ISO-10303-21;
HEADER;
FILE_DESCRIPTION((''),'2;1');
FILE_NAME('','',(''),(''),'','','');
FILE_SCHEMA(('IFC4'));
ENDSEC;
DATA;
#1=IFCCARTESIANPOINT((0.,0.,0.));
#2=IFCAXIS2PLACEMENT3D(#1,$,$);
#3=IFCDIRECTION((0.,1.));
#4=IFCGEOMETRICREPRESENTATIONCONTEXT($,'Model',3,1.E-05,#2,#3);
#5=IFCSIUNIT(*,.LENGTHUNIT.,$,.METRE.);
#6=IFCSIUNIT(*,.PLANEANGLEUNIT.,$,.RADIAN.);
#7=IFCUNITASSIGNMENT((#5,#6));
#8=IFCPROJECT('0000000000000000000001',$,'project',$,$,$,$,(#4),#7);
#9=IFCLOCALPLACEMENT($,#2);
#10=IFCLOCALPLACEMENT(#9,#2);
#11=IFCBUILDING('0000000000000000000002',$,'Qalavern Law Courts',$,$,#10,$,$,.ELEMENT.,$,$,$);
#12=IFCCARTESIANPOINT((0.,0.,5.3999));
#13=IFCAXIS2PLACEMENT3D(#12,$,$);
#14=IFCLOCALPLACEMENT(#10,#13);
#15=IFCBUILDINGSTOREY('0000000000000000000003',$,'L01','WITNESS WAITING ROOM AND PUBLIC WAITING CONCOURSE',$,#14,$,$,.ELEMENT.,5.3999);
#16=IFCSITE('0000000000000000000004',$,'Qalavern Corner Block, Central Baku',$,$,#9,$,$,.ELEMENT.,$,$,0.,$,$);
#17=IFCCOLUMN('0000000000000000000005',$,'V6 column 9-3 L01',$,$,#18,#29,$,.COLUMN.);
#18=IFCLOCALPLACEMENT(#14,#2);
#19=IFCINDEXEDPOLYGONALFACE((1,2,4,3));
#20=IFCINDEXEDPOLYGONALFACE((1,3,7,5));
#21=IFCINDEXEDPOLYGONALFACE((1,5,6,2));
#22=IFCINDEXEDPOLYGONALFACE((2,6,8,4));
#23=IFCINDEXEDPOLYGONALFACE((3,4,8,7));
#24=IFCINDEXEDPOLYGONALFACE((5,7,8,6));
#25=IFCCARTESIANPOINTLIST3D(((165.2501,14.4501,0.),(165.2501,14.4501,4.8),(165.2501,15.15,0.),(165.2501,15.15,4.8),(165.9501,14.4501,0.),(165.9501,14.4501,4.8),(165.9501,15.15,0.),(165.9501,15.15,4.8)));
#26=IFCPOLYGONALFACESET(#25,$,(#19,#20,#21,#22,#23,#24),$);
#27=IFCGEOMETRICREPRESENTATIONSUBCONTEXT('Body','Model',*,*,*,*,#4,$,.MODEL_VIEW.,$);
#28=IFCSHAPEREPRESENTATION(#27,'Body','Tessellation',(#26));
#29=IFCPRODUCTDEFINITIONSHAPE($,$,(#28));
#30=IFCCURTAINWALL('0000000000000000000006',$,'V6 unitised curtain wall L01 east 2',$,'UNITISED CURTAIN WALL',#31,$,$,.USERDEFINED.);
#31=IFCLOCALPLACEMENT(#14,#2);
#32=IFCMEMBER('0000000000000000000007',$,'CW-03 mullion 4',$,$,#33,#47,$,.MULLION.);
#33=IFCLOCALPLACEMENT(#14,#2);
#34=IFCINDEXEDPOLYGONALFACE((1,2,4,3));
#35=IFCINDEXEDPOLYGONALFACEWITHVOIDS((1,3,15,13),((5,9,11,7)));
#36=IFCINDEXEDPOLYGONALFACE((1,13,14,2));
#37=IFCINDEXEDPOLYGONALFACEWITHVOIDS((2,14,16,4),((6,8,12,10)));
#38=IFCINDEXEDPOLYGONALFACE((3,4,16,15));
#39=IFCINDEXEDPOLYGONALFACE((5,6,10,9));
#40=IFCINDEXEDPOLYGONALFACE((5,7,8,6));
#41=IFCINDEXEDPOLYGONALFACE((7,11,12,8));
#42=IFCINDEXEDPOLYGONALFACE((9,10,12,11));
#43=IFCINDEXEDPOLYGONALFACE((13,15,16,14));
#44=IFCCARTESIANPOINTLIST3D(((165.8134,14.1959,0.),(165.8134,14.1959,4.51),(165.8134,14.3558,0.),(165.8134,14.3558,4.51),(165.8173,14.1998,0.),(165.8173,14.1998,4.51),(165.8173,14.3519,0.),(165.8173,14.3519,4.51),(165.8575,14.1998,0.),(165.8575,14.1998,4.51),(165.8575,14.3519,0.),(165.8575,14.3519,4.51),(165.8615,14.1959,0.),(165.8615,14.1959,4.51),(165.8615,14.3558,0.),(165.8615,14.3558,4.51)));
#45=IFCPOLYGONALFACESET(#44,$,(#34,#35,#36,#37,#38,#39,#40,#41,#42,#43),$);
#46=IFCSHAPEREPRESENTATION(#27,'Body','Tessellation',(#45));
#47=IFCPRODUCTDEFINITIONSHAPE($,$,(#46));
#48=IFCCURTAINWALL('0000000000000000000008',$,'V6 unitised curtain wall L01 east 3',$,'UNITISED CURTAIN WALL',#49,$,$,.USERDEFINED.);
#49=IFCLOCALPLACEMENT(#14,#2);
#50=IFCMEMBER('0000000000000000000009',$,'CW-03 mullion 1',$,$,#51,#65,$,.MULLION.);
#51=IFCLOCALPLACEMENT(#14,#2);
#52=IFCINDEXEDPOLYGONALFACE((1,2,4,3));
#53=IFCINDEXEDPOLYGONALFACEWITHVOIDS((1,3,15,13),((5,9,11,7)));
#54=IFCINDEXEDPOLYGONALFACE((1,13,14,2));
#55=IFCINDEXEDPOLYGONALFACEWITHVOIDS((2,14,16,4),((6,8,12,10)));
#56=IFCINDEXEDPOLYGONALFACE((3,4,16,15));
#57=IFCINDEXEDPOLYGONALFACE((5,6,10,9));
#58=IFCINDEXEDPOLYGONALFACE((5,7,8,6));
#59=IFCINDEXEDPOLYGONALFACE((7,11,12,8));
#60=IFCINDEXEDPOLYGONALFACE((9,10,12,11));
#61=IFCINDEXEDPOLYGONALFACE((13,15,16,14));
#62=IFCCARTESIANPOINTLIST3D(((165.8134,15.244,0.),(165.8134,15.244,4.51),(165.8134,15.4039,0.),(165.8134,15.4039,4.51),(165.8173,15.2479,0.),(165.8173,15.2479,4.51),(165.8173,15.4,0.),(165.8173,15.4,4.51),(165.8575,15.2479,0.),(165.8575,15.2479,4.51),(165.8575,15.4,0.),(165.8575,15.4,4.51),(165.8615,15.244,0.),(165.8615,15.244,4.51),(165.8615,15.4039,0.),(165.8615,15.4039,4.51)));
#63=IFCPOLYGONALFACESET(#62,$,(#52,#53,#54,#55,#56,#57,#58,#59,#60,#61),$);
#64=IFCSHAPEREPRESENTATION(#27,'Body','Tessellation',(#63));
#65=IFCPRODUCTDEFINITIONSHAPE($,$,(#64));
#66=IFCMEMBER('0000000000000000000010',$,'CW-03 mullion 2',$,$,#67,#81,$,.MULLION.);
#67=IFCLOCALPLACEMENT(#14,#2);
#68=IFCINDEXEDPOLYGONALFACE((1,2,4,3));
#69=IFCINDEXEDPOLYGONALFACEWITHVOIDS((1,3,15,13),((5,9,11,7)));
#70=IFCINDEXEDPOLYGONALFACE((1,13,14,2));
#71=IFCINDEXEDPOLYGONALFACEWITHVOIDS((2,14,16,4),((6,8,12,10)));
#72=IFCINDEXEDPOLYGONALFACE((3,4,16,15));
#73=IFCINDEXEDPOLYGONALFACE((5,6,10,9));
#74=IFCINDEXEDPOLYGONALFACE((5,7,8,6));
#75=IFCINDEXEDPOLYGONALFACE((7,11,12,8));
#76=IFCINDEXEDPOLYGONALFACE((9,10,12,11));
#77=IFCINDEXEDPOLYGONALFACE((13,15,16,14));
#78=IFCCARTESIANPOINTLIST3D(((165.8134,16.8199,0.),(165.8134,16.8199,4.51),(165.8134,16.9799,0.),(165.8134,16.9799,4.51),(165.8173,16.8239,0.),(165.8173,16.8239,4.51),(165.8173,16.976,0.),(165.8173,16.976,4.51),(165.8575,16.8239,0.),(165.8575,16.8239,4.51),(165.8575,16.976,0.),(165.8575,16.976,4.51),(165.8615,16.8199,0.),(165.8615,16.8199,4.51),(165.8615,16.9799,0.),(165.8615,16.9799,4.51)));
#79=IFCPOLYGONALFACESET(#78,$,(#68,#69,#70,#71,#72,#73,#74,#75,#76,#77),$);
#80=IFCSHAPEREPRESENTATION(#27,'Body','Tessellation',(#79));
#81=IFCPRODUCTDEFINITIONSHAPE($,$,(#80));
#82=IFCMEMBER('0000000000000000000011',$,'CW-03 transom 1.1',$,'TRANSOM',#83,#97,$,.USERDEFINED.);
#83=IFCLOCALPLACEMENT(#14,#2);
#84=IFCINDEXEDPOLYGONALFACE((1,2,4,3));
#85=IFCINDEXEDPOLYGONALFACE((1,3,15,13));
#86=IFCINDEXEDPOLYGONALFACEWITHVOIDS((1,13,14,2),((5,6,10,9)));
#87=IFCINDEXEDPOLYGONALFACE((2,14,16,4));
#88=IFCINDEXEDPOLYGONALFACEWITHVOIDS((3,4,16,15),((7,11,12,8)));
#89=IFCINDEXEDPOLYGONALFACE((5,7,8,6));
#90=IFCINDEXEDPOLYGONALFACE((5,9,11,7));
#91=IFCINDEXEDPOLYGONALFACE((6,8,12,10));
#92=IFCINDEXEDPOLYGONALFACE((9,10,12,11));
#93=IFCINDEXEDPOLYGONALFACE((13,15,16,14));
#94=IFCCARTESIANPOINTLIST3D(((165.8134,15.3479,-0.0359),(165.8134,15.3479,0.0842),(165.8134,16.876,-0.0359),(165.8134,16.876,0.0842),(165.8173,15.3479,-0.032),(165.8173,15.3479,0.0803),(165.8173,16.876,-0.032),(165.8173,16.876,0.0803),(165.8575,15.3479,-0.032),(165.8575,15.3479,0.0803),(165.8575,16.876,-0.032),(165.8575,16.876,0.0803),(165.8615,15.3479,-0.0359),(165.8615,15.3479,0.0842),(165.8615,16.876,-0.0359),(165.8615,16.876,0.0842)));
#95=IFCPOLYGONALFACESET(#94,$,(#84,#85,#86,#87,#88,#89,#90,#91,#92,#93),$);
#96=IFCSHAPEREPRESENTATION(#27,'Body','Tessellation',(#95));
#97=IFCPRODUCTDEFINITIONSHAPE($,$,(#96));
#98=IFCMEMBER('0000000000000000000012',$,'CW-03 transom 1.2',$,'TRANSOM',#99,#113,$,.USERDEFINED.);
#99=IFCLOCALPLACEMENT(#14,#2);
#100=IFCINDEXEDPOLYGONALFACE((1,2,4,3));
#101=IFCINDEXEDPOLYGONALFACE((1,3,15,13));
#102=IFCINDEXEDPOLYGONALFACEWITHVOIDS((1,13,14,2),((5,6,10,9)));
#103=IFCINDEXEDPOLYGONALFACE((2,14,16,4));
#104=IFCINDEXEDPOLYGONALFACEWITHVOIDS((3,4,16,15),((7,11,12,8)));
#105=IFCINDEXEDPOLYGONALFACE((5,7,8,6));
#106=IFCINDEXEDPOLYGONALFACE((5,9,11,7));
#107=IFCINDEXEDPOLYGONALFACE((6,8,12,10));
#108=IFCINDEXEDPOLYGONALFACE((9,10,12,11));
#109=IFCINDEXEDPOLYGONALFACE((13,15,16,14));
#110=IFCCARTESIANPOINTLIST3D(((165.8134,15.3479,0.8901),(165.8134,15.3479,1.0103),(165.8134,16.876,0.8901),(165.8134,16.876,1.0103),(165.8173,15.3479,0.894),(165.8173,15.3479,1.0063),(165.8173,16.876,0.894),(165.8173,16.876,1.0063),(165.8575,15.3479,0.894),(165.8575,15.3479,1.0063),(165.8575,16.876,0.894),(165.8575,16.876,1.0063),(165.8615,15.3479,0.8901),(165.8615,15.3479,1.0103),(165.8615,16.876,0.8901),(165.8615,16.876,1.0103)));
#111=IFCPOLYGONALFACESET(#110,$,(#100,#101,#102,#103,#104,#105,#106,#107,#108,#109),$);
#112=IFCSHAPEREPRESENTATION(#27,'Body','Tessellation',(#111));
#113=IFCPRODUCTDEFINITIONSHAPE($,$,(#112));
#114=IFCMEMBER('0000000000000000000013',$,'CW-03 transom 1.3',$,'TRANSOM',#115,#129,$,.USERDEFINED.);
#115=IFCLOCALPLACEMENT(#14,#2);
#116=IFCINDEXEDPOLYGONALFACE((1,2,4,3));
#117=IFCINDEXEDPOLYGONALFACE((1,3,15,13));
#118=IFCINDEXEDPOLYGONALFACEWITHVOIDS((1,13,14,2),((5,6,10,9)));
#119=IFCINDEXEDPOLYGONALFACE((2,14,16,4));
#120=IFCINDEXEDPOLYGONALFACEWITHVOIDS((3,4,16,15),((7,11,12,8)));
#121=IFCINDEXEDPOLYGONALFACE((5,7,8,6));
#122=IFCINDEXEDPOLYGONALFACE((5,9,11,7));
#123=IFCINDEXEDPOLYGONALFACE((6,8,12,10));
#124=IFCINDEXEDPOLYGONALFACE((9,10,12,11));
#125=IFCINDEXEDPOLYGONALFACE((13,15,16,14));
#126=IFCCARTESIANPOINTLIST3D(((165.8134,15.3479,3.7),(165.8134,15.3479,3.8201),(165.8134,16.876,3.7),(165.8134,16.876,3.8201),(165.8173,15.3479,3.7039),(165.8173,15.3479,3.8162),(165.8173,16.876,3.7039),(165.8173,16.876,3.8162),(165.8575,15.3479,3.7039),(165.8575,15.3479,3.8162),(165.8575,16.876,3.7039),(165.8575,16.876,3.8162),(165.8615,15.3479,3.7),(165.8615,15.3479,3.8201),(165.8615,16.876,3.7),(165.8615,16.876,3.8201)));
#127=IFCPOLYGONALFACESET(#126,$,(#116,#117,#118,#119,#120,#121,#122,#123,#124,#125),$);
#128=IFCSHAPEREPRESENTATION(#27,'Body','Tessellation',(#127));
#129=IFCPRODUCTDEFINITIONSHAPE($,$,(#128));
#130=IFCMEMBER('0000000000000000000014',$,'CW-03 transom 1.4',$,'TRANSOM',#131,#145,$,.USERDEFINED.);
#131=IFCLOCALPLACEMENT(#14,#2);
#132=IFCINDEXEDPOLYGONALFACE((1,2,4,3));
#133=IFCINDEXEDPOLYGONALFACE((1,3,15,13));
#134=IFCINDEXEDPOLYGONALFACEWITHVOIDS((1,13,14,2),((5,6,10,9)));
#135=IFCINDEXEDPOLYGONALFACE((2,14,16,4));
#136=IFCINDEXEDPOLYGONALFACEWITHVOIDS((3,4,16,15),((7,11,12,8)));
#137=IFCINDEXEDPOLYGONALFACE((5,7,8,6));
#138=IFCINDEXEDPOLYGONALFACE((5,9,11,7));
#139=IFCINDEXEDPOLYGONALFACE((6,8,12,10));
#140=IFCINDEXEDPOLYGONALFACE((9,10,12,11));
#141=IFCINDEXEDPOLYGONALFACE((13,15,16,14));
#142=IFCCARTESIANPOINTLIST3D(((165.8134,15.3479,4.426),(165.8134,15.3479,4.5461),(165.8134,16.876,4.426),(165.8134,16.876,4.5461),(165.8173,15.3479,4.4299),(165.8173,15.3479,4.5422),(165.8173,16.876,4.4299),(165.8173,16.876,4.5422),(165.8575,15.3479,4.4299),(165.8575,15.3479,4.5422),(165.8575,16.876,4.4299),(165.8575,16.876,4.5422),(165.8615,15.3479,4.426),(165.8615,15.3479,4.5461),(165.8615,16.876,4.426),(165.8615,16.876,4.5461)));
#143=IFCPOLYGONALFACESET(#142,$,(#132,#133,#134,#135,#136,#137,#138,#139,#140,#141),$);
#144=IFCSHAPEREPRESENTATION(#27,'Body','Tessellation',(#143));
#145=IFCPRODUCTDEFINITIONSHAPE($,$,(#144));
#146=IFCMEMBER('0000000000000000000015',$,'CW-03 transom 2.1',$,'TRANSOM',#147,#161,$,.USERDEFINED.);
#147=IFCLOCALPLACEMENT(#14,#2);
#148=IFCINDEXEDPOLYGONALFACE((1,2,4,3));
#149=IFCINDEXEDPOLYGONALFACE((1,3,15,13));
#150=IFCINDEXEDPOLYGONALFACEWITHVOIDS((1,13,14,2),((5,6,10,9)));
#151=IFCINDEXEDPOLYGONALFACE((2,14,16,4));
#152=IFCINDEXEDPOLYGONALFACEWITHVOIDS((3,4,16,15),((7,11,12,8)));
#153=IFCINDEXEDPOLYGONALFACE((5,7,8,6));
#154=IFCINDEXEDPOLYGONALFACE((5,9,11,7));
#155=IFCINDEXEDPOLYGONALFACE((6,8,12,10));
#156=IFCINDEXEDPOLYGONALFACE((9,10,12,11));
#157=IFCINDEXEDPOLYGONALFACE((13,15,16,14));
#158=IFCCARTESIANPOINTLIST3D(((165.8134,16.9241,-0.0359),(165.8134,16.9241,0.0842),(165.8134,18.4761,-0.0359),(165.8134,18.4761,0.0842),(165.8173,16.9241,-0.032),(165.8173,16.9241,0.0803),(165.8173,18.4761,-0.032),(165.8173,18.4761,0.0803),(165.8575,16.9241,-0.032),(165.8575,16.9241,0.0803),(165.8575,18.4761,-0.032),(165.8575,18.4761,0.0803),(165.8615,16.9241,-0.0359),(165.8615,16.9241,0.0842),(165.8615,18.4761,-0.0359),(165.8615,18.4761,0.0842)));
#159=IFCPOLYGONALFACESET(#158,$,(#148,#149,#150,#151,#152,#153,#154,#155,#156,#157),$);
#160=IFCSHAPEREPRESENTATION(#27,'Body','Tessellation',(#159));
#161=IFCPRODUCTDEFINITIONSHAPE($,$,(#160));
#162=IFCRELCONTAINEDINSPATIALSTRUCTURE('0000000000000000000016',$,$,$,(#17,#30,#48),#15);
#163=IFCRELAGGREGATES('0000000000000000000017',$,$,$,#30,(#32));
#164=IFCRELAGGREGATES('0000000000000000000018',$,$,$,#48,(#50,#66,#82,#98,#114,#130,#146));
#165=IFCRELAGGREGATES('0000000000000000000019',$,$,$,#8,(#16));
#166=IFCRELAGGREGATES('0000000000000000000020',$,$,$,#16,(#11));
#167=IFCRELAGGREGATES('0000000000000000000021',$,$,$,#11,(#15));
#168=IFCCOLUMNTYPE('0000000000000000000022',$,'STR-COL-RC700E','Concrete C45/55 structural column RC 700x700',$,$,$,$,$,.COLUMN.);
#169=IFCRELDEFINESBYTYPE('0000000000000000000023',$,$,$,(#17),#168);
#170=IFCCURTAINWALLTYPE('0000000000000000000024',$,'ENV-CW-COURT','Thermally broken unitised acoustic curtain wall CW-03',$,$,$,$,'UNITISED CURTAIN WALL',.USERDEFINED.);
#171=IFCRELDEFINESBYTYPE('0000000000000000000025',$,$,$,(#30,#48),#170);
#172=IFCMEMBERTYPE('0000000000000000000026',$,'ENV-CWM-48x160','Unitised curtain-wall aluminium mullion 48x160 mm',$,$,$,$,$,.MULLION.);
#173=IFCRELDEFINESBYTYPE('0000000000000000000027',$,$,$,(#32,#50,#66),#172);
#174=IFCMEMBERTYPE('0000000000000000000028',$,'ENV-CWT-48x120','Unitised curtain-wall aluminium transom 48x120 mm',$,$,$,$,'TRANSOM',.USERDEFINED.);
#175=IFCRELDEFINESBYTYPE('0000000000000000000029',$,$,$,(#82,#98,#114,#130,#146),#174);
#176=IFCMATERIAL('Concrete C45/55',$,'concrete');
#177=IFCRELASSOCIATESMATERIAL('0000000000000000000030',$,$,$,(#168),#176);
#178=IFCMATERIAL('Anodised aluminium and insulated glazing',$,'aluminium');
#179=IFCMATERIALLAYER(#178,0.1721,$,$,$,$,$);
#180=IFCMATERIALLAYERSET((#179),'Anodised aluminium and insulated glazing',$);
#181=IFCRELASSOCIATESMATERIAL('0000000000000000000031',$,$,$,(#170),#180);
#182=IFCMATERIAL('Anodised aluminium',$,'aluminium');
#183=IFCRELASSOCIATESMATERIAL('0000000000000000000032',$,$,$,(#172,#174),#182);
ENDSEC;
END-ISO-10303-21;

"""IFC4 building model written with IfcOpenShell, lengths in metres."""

from ifc_helpers import new_model, si_unit, direction, frame, origin, origin_2d, place, context, subcontext, project, spatial, rectangle, hollow_rectangle, extrude, material, layer, layer_set, material_profile, profile_set, type_object, element, aggregate, save


model = new_model("IFC4")

# Units and contexts
model_context = context("Model", 3, precision=1e-05, world=origin(), true_north=direction((0.0, 1.0)))
body_context = subcontext(model_context, "Body", "Model", "MODEL_VIEW")
ifc_project = project(units=[si_unit("LENGTHUNIT", "METRE"), si_unit("PLANEANGLEUNIT", "RADIAN")], contexts=[model_context])

# Site, building, storey
site_placement = place(None, origin())
site = spatial("IfcSite", under=ifc_project, at=site_placement, Name="Qalavern Corner Block, Central Baku", CompositionType="ELEMENT", RefElevation=0.0)
building_placement = place(site_placement, origin())
building = spatial("IfcBuilding", under=site, at=building_placement, Name="Qalavern Law Courts", CompositionType="ELEMENT")
storey_placement = place(building_placement, frame((0.0, 0.0, 5.3999)))
storey = spatial("IfcBuildingStorey", under=building, at=storey_placement, Name="L01", Description="WITNESS WAITING ROOM AND PUBLIC WAITING CONCOURSE", CompositionType="ELEMENT", Elevation=5.3999)

# Column
ifc_material_1 = material(Name="Concrete C45/55", Category="concrete")
ifc_material_profile_1 = material_profile(ifc_material_1, rectangle(XDim=0.7, YDim=0.7, at=origin_2d()), Name="RC 700x700")
ifc_profile_set_1 = profile_set([ifc_material_profile_1], Name="Concrete C45/55")
column_type = type_object("IfcColumnType", Name="STR-COL-RC700E", Description="Concrete C45/55 structural column RC 700x700", PredefinedType="COLUMN", material=ifc_profile_set_1)
column_placement = place(storey_placement, frame((165.6001, 14.8, 0.0), z_axis=(0.0, 0.0, 1.0), x_axis=(1.0, 0.0, 0.0)))
element("IfcColumn", 1, at=column_placement, inside=storey, type_object=column_type, Name="V6 column 9-3 L01", PredefinedType="COLUMN", context=body_context, shape_type="SweptSolid", body=[
    extrude(rectangle(XDim=0.7, YDim=0.7, at=origin_2d()), origin(), (0.0, 0.0, 1.0), 4.8),
])

# Curtain wall, member
ifc_material_2 = material(Name="Anodised aluminium and insulated glazing", Category="aluminium")
ifc_layer_1 = layer(ifc_material_2, 0.1721)
ifc_layer_set_1 = layer_set([ifc_layer_1], Name="Anodised aluminium and insulated glazing")
curtain_wall_type = type_object("IfcCurtainWallType", Name="ENV-CW-COURT", Description="Thermally broken unitised acoustic curtain wall CW-03", ElementType="UNITISED CURTAIN WALL", PredefinedType="USERDEFINED", material=ifc_layer_set_1)
curtain_wall_1_placement = place(storey_placement, origin())
curtain_wall_1 = element("IfcCurtainWall", 2, at=curtain_wall_1_placement, inside=storey, type_object=curtain_wall_type, Name="V6 unitised curtain wall L01 east 2", ObjectType="UNITISED CURTAIN WALL", PredefinedType="USERDEFINED")
ifc_material_3 = material(Name="Anodised aluminium", Category="aluminium")
ifc_material_profile_2 = material_profile(ifc_material_3, hollow_rectangle(XDim=0.0481, YDim=0.1599, WallThickness=0.0039, at=origin_2d()), Name="ALU MULLION 48x160")
ifc_profile_set_2 = profile_set([ifc_material_profile_2], Name="Anodised aluminium")
member_type_1 = type_object("IfcMemberType", Name="ENV-CWM-48x160", Description="Unitised curtain-wall aluminium mullion 48x160 mm", PredefinedType="MULLION", material=ifc_profile_set_2)
member_1_placement = place(storey_placement, frame((165.8374, 14.2759, 0.0), z_axis=(0.0, 0.0, 1.0), x_axis=(-1.0, 0.0, 0.0)))
member_1 = element("IfcMember", 3, at=member_1_placement, type_object=member_type_1, Name="CW-03 mullion 4", PredefinedType="MULLION", context=body_context, shape_type="SweptSolid", body=[
    extrude(hollow_rectangle(XDim=0.0481, YDim=0.1599, WallThickness=0.0039, at=origin_2d()), origin(), (0.0, 0.0, 1.0), 4.51),
])

# Curtain wall, members
curtain_wall_2_placement = place(storey_placement, origin())
curtain_wall_2 = element("IfcCurtainWall", 4, at=curtain_wall_2_placement, inside=storey, type_object=curtain_wall_type, Name="V6 unitised curtain wall L01 east 3", ObjectType="UNITISED CURTAIN WALL", PredefinedType="USERDEFINED")
member_2_placement = place(storey_placement, frame((165.8374, 15.324, 0.0), z_axis=(0.0, 0.0, 1.0), x_axis=(-1.0, 0.0, 0.0)))
member_2 = element("IfcMember", 5, at=member_2_placement, type_object=member_type_1, Name="CW-03 mullion 1", PredefinedType="MULLION", context=body_context, shape_type="SweptSolid", body=[
    extrude(hollow_rectangle(XDim=0.0481, YDim=0.1599, WallThickness=0.0039, at=origin_2d()), origin(), (0.0, 0.0, 1.0), 4.51),
])
member_3_placement = place(storey_placement, frame((165.8374, 16.8999, 0.0), z_axis=(0.0, 0.0, 1.0), x_axis=(-1.0, 0.0, 0.0)))
member_3 = element("IfcMember", 6, at=member_3_placement, type_object=member_type_1, Name="CW-03 mullion 2", PredefinedType="MULLION", context=body_context, shape_type="SweptSolid", body=[
    extrude(hollow_rectangle(XDim=0.0481, YDim=0.1599, WallThickness=0.0039, at=origin_2d()), origin(), (0.0, 0.0, 1.0), 4.51),
])
ifc_material_profile_3 = material_profile(ifc_material_3, hollow_rectangle(XDim=0.0481, YDim=0.1201, WallThickness=0.0039, at=origin_2d()), Name="ALU TRANSOM 48x120")
ifc_profile_set_3 = profile_set([ifc_material_profile_3], Name="Anodised aluminium")
member_type_2 = type_object("IfcMemberType", Name="ENV-CWT-48x120", Description="Unitised curtain-wall aluminium transom 48x120 mm", ElementType="TRANSOM", PredefinedType="USERDEFINED", material=ifc_profile_set_3)
member_4_placement = place(storey_placement, frame((165.8374, 15.3479, 0.0242), z_axis=(0.0, 1.0, 0.0), x_axis=(-1.0, 0.0, 0.0)))
member_4 = element("IfcMember", 7, at=member_4_placement, type_object=member_type_2, Name="CW-03 transom 1.1", ObjectType="TRANSOM", PredefinedType="USERDEFINED", context=body_context, shape_type="SweptSolid", body=[
    extrude(hollow_rectangle(XDim=0.0481, YDim=0.1201, WallThickness=0.0039, at=origin_2d()), origin(), (0.0, 0.0, 1.0), 1.5281),
])
member_5_placement = place(storey_placement, frame((165.8374, 15.3479, 0.9502), z_axis=(0.0, 1.0, 0.0), x_axis=(-1.0, 0.0, 0.0)))
member_5 = element("IfcMember", 8, at=member_5_placement, type_object=member_type_2, Name="CW-03 transom 1.2", ObjectType="TRANSOM", PredefinedType="USERDEFINED", context=body_context, shape_type="SweptSolid", body=[
    extrude(hollow_rectangle(XDim=0.0481, YDim=0.1201, WallThickness=0.0039, at=origin_2d()), origin(), (0.0, 0.0, 1.0), 1.5281),
])
member_6_placement = place(storey_placement, frame((165.8374, 15.3479, 3.76), z_axis=(0.0, 1.0, 0.0), x_axis=(-1.0, 0.0, 0.0)))
member_6 = element("IfcMember", 9, at=member_6_placement, type_object=member_type_2, Name="CW-03 transom 1.3", ObjectType="TRANSOM", PredefinedType="USERDEFINED", context=body_context, shape_type="SweptSolid", body=[
    extrude(hollow_rectangle(XDim=0.0481, YDim=0.1201, WallThickness=0.0039, at=origin_2d()), origin(), (0.0, 0.0, 1.0), 1.5281),
])
member_7_placement = place(storey_placement, frame((165.8374, 15.3479, 4.4861), z_axis=(0.0, 1.0, 0.0), x_axis=(-1.0, 0.0, 0.0)))
member_7 = element("IfcMember", 10, at=member_7_placement, type_object=member_type_2, Name="CW-03 transom 1.4", ObjectType="TRANSOM", PredefinedType="USERDEFINED", context=body_context, shape_type="SweptSolid", body=[
    extrude(hollow_rectangle(XDim=0.0481, YDim=0.1201, WallThickness=0.0039, at=origin_2d()), origin(), (0.0, 0.0, 1.0), 1.5281),
])
member_8_placement = place(storey_placement, frame((165.8374, 16.9241, 0.0242), z_axis=(0.0, 1.0, 0.0), x_axis=(-1.0, 0.0, 0.0)))
member_8 = element("IfcMember", 11, at=member_8_placement, type_object=member_type_2, Name="CW-03 transom 2.1", ObjectType="TRANSOM", PredefinedType="USERDEFINED", context=body_context, shape_type="SweptSolid", body=[
    extrude(hollow_rectangle(XDim=0.0481, YDim=0.1201, WallThickness=0.0039, at=origin_2d()), origin(), (0.0, 0.0, 1.0), 1.552),
])

aggregate(curtain_wall_1, [member_1])
aggregate(curtain_wall_2, [member_2, member_3, member_4, member_5, member_6, member_7, member_8])

save(model, "model.ifc")
